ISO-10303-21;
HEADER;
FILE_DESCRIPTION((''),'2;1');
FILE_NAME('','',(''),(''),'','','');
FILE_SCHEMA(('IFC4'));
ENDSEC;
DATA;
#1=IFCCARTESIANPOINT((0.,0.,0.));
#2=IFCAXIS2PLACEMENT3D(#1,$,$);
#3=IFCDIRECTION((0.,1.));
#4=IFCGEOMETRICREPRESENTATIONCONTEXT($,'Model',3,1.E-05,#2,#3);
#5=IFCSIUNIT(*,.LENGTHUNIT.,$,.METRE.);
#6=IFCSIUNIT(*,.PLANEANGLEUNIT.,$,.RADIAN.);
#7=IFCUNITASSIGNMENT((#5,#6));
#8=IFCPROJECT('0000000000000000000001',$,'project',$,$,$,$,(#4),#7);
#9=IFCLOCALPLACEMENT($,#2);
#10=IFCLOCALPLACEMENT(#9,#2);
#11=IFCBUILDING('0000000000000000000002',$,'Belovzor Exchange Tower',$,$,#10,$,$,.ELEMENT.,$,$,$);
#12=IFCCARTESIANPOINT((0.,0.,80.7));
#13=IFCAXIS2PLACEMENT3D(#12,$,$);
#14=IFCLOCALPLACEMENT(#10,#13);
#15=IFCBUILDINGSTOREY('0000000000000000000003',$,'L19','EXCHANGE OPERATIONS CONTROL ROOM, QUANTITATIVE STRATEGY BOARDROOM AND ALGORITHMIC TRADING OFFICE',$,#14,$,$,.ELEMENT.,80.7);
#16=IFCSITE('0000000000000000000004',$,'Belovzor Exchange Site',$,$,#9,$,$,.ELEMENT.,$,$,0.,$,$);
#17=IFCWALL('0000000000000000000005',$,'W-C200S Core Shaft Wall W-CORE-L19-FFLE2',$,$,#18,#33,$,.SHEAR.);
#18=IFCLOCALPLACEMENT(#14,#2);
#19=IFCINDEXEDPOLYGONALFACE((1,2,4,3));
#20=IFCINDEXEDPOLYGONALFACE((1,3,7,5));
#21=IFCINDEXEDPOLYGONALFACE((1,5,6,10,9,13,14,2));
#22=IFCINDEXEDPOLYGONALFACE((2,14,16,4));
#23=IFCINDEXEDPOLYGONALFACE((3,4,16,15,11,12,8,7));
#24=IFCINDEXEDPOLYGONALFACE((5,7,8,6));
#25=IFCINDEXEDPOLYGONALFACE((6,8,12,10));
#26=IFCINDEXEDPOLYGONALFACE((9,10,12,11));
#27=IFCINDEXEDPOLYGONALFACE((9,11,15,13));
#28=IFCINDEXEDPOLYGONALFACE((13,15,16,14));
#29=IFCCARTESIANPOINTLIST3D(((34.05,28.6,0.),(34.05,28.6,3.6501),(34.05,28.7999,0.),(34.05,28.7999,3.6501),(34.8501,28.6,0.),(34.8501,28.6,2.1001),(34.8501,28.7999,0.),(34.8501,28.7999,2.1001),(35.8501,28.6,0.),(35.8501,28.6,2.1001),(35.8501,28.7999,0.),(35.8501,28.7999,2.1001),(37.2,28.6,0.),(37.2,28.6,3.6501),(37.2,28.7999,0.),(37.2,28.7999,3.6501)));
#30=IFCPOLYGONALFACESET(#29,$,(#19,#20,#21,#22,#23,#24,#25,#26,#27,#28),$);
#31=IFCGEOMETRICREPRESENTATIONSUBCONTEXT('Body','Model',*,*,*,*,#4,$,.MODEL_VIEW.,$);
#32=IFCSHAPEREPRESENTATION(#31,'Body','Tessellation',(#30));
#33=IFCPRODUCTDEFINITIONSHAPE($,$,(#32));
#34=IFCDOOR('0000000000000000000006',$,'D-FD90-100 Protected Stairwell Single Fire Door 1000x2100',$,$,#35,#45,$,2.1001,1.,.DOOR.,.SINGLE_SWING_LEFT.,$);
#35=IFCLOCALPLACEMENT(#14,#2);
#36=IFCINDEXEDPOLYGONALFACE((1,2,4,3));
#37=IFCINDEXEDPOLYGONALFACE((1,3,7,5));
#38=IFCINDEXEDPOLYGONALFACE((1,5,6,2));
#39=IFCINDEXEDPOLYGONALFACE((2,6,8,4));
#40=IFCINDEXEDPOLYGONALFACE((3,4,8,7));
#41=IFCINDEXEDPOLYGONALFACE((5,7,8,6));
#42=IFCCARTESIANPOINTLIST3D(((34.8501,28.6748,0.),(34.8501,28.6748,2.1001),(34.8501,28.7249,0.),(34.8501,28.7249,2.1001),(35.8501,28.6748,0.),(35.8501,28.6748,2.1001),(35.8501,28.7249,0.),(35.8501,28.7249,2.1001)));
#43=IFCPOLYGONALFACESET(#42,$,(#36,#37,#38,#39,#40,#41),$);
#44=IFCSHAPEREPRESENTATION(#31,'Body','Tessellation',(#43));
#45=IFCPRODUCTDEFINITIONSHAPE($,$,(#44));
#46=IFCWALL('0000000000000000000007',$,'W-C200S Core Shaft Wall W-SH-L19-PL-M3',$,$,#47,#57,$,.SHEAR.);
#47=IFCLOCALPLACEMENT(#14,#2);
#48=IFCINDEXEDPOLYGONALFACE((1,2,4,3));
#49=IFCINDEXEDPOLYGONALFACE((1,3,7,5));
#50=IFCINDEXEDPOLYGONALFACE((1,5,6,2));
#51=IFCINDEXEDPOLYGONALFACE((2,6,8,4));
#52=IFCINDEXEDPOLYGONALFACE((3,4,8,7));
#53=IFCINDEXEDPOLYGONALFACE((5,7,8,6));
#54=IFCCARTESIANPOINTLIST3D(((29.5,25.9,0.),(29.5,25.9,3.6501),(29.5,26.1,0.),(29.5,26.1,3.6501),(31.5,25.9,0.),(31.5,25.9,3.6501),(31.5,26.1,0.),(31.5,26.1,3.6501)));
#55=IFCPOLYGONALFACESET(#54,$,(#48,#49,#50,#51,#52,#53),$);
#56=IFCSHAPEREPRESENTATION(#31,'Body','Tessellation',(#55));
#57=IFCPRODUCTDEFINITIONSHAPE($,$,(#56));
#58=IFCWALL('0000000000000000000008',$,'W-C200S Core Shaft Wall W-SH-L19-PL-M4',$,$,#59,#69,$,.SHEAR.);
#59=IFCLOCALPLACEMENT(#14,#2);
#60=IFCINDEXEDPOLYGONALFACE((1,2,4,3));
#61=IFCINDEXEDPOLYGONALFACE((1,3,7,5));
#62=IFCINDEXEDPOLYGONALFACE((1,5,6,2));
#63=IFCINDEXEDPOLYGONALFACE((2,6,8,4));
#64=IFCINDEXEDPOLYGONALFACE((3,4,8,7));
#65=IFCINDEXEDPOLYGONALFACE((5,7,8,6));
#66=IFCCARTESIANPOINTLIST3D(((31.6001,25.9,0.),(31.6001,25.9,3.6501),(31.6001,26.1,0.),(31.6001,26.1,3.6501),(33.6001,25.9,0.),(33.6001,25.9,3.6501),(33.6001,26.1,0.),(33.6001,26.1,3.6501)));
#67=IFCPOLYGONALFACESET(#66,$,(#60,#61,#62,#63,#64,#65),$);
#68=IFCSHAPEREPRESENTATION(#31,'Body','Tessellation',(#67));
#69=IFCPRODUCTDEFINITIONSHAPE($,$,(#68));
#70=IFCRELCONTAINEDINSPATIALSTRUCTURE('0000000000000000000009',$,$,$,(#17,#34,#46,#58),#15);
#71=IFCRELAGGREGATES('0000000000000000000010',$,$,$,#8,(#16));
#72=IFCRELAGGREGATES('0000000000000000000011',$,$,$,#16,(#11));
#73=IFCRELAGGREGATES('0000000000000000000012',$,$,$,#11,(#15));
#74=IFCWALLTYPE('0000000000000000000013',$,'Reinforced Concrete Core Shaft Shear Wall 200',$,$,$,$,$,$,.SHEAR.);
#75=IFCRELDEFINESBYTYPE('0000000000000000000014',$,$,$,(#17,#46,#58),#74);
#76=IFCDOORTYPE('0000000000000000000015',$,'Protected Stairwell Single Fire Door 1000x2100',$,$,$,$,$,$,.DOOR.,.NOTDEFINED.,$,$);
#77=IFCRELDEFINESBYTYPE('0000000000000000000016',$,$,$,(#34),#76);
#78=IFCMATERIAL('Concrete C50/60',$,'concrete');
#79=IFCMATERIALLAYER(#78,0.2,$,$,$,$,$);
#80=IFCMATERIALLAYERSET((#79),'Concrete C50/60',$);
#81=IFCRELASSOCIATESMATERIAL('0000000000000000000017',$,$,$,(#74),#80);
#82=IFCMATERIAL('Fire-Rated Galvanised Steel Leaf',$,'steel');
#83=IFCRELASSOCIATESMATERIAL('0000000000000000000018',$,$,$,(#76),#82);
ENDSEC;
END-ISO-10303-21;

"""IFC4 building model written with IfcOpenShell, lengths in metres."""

from ifc_helpers import new_model, si_unit, direction, frame, frame_2d, origin, place, context, subcontext, project, spatial, rectangle, extrude, material, layer, layer_set, type_object, element, fill, save


model = new_model("IFC4")

# Units and contexts
model_context = context("Model", 3, precision=1e-05, world=origin(), true_north=direction((0.0, 1.0)))
body_context = subcontext(model_context, "Body", "Model", "MODEL_VIEW")
ifc_project = project(units=[si_unit("LENGTHUNIT", "METRE"), si_unit("PLANEANGLEUNIT", "RADIAN")], contexts=[model_context])

# Site, building, storey
site_placement = place(None, origin())
site = spatial("IfcSite", under=ifc_project, at=site_placement, Name="Belovzor Exchange Site", CompositionType="ELEMENT", RefElevation=0.0)
building_placement = place(site_placement, origin())
building = spatial("IfcBuilding", under=site, at=building_placement, Name="Belovzor Exchange Tower", CompositionType="ELEMENT")
storey_placement = place(building_placement, frame((0.0, 0.0, 80.7)))
storey = spatial("IfcBuildingStorey", under=building, at=storey_placement, Name="L19", Description="EXCHANGE OPERATIONS CONTROL ROOM, QUANTITATIVE STRATEGY BOARDROOM AND ALGORITHMIC TRADING OFFICE", CompositionType="ELEMENT", Elevation=80.7)

# Wall, opening, door
ifc_material_1 = material(Name="Concrete C50/60", Category="concrete")
ifc_layer_1 = layer(ifc_material_1, 0.2)
ifc_layer_set_1 = layer_set([ifc_layer_1], Name="Concrete C50/60")
wall_type_1 = type_object("IfcWallType", Name="Reinforced Concrete Core Shaft Shear Wall 200", PredefinedType="SHEAR", material=ifc_layer_set_1)
wall_1_placement = place(storey_placement, frame((34.05, 28.7, 0.0), z_axis=(0.0, 0.0, 1.0), x_axis=(1.0, 0.0, 0.0)))
wall_1 = element("IfcWall", 1, at=wall_1_placement, inside=storey, type_object=wall_type_1, Name="W-C200S Core Shaft Wall W-CORE-L19-FFLE2", PredefinedType="SHEAR", context=body_context, shape_type="SweptSolid", body=[
    extrude(rectangle(XDim=3.1499, YDim=0.2, at=frame_2d((1.575, 0.0))), origin(), (0.0, 0.0, 1.0), 3.6501),
])
opening_1_placement = place(wall_1_placement, frame((0.8, 0.0, 0.0)))
opening_1 = element("IfcOpeningElement", 2, at=opening_1_placement, cuts=wall_1, PredefinedType="OPENING", context=body_context, shape_type="SweptSolid", body=[
    extrude(rectangle(XDim=1.0, YDim=2.1001, at=frame_2d((0.5, 1.05))), frame((0.0, 0.1099, 0.0), z_axis=(0.0, -1.0, 0.0), x_axis=(1.0, 0.0, 0.0)), (0.0, 0.0, 1.0), 0.22),
])
ifc_material_2 = material(Name="Fire-Rated Galvanised Steel Leaf", Category="steel")
door_type_1 = type_object("IfcDoorType", Name="Protected Stairwell Single Fire Door 1000x2100", OperationType="NOTDEFINED", PredefinedType="DOOR", material=ifc_material_2)
door_1_placement = place(opening_1_placement, origin())
door_1 = element("IfcDoor", 3, at=door_1_placement, inside=storey, type_object=door_type_1, Name="D-FD90-100 Protected Stairwell Single Fire Door 1000x2100", OperationType="SINGLE_SWING_LEFT", OverallHeight=2.1001, OverallWidth=1.0, PredefinedType="DOOR", context=body_context, shape_type="SweptSolid", body=[
    extrude(rectangle(XDim=1.0, YDim=2.1001, at=frame_2d((0.5, 1.05))), frame((0.0, 0.0249, 0.0), z_axis=(0.0, -1.0, 0.0), x_axis=(1.0, 0.0, 0.0)), (0.0, 0.0, 1.0), 0.05),
])
fill(opening_1, door_1)

# Walls
for number, where, z_axis, x_axis, name in (
    (4, (29.5, 26.0, 0.0), (0.0, 0.0, 1.0), (1.0, 0.0, 0.0), "W-C200S Core Shaft Wall W-SH-L19-PL-M3"),
    (5, (31.6001, 26.0, 0.0), (0.0, 0.0, 1.0), (1.0, 0.0, 0.0), "W-C200S Core Shaft Wall W-SH-L19-PL-M4"),
):
    element("IfcWall", number, at=place(storey_placement, frame(where, z_axis=z_axis, x_axis=x_axis)), inside=storey, type_object=wall_type_1, Name=name, PredefinedType="SHEAR", context=body_context, shape_type="SweptSolid", body=[
        extrude(rectangle(XDim=2.0, YDim=0.2, at=frame_2d((1.0, 0.0))), origin(), (0.0, 0.0, 1.0), 3.6501),
    ])

save(model, "model.ifc")
